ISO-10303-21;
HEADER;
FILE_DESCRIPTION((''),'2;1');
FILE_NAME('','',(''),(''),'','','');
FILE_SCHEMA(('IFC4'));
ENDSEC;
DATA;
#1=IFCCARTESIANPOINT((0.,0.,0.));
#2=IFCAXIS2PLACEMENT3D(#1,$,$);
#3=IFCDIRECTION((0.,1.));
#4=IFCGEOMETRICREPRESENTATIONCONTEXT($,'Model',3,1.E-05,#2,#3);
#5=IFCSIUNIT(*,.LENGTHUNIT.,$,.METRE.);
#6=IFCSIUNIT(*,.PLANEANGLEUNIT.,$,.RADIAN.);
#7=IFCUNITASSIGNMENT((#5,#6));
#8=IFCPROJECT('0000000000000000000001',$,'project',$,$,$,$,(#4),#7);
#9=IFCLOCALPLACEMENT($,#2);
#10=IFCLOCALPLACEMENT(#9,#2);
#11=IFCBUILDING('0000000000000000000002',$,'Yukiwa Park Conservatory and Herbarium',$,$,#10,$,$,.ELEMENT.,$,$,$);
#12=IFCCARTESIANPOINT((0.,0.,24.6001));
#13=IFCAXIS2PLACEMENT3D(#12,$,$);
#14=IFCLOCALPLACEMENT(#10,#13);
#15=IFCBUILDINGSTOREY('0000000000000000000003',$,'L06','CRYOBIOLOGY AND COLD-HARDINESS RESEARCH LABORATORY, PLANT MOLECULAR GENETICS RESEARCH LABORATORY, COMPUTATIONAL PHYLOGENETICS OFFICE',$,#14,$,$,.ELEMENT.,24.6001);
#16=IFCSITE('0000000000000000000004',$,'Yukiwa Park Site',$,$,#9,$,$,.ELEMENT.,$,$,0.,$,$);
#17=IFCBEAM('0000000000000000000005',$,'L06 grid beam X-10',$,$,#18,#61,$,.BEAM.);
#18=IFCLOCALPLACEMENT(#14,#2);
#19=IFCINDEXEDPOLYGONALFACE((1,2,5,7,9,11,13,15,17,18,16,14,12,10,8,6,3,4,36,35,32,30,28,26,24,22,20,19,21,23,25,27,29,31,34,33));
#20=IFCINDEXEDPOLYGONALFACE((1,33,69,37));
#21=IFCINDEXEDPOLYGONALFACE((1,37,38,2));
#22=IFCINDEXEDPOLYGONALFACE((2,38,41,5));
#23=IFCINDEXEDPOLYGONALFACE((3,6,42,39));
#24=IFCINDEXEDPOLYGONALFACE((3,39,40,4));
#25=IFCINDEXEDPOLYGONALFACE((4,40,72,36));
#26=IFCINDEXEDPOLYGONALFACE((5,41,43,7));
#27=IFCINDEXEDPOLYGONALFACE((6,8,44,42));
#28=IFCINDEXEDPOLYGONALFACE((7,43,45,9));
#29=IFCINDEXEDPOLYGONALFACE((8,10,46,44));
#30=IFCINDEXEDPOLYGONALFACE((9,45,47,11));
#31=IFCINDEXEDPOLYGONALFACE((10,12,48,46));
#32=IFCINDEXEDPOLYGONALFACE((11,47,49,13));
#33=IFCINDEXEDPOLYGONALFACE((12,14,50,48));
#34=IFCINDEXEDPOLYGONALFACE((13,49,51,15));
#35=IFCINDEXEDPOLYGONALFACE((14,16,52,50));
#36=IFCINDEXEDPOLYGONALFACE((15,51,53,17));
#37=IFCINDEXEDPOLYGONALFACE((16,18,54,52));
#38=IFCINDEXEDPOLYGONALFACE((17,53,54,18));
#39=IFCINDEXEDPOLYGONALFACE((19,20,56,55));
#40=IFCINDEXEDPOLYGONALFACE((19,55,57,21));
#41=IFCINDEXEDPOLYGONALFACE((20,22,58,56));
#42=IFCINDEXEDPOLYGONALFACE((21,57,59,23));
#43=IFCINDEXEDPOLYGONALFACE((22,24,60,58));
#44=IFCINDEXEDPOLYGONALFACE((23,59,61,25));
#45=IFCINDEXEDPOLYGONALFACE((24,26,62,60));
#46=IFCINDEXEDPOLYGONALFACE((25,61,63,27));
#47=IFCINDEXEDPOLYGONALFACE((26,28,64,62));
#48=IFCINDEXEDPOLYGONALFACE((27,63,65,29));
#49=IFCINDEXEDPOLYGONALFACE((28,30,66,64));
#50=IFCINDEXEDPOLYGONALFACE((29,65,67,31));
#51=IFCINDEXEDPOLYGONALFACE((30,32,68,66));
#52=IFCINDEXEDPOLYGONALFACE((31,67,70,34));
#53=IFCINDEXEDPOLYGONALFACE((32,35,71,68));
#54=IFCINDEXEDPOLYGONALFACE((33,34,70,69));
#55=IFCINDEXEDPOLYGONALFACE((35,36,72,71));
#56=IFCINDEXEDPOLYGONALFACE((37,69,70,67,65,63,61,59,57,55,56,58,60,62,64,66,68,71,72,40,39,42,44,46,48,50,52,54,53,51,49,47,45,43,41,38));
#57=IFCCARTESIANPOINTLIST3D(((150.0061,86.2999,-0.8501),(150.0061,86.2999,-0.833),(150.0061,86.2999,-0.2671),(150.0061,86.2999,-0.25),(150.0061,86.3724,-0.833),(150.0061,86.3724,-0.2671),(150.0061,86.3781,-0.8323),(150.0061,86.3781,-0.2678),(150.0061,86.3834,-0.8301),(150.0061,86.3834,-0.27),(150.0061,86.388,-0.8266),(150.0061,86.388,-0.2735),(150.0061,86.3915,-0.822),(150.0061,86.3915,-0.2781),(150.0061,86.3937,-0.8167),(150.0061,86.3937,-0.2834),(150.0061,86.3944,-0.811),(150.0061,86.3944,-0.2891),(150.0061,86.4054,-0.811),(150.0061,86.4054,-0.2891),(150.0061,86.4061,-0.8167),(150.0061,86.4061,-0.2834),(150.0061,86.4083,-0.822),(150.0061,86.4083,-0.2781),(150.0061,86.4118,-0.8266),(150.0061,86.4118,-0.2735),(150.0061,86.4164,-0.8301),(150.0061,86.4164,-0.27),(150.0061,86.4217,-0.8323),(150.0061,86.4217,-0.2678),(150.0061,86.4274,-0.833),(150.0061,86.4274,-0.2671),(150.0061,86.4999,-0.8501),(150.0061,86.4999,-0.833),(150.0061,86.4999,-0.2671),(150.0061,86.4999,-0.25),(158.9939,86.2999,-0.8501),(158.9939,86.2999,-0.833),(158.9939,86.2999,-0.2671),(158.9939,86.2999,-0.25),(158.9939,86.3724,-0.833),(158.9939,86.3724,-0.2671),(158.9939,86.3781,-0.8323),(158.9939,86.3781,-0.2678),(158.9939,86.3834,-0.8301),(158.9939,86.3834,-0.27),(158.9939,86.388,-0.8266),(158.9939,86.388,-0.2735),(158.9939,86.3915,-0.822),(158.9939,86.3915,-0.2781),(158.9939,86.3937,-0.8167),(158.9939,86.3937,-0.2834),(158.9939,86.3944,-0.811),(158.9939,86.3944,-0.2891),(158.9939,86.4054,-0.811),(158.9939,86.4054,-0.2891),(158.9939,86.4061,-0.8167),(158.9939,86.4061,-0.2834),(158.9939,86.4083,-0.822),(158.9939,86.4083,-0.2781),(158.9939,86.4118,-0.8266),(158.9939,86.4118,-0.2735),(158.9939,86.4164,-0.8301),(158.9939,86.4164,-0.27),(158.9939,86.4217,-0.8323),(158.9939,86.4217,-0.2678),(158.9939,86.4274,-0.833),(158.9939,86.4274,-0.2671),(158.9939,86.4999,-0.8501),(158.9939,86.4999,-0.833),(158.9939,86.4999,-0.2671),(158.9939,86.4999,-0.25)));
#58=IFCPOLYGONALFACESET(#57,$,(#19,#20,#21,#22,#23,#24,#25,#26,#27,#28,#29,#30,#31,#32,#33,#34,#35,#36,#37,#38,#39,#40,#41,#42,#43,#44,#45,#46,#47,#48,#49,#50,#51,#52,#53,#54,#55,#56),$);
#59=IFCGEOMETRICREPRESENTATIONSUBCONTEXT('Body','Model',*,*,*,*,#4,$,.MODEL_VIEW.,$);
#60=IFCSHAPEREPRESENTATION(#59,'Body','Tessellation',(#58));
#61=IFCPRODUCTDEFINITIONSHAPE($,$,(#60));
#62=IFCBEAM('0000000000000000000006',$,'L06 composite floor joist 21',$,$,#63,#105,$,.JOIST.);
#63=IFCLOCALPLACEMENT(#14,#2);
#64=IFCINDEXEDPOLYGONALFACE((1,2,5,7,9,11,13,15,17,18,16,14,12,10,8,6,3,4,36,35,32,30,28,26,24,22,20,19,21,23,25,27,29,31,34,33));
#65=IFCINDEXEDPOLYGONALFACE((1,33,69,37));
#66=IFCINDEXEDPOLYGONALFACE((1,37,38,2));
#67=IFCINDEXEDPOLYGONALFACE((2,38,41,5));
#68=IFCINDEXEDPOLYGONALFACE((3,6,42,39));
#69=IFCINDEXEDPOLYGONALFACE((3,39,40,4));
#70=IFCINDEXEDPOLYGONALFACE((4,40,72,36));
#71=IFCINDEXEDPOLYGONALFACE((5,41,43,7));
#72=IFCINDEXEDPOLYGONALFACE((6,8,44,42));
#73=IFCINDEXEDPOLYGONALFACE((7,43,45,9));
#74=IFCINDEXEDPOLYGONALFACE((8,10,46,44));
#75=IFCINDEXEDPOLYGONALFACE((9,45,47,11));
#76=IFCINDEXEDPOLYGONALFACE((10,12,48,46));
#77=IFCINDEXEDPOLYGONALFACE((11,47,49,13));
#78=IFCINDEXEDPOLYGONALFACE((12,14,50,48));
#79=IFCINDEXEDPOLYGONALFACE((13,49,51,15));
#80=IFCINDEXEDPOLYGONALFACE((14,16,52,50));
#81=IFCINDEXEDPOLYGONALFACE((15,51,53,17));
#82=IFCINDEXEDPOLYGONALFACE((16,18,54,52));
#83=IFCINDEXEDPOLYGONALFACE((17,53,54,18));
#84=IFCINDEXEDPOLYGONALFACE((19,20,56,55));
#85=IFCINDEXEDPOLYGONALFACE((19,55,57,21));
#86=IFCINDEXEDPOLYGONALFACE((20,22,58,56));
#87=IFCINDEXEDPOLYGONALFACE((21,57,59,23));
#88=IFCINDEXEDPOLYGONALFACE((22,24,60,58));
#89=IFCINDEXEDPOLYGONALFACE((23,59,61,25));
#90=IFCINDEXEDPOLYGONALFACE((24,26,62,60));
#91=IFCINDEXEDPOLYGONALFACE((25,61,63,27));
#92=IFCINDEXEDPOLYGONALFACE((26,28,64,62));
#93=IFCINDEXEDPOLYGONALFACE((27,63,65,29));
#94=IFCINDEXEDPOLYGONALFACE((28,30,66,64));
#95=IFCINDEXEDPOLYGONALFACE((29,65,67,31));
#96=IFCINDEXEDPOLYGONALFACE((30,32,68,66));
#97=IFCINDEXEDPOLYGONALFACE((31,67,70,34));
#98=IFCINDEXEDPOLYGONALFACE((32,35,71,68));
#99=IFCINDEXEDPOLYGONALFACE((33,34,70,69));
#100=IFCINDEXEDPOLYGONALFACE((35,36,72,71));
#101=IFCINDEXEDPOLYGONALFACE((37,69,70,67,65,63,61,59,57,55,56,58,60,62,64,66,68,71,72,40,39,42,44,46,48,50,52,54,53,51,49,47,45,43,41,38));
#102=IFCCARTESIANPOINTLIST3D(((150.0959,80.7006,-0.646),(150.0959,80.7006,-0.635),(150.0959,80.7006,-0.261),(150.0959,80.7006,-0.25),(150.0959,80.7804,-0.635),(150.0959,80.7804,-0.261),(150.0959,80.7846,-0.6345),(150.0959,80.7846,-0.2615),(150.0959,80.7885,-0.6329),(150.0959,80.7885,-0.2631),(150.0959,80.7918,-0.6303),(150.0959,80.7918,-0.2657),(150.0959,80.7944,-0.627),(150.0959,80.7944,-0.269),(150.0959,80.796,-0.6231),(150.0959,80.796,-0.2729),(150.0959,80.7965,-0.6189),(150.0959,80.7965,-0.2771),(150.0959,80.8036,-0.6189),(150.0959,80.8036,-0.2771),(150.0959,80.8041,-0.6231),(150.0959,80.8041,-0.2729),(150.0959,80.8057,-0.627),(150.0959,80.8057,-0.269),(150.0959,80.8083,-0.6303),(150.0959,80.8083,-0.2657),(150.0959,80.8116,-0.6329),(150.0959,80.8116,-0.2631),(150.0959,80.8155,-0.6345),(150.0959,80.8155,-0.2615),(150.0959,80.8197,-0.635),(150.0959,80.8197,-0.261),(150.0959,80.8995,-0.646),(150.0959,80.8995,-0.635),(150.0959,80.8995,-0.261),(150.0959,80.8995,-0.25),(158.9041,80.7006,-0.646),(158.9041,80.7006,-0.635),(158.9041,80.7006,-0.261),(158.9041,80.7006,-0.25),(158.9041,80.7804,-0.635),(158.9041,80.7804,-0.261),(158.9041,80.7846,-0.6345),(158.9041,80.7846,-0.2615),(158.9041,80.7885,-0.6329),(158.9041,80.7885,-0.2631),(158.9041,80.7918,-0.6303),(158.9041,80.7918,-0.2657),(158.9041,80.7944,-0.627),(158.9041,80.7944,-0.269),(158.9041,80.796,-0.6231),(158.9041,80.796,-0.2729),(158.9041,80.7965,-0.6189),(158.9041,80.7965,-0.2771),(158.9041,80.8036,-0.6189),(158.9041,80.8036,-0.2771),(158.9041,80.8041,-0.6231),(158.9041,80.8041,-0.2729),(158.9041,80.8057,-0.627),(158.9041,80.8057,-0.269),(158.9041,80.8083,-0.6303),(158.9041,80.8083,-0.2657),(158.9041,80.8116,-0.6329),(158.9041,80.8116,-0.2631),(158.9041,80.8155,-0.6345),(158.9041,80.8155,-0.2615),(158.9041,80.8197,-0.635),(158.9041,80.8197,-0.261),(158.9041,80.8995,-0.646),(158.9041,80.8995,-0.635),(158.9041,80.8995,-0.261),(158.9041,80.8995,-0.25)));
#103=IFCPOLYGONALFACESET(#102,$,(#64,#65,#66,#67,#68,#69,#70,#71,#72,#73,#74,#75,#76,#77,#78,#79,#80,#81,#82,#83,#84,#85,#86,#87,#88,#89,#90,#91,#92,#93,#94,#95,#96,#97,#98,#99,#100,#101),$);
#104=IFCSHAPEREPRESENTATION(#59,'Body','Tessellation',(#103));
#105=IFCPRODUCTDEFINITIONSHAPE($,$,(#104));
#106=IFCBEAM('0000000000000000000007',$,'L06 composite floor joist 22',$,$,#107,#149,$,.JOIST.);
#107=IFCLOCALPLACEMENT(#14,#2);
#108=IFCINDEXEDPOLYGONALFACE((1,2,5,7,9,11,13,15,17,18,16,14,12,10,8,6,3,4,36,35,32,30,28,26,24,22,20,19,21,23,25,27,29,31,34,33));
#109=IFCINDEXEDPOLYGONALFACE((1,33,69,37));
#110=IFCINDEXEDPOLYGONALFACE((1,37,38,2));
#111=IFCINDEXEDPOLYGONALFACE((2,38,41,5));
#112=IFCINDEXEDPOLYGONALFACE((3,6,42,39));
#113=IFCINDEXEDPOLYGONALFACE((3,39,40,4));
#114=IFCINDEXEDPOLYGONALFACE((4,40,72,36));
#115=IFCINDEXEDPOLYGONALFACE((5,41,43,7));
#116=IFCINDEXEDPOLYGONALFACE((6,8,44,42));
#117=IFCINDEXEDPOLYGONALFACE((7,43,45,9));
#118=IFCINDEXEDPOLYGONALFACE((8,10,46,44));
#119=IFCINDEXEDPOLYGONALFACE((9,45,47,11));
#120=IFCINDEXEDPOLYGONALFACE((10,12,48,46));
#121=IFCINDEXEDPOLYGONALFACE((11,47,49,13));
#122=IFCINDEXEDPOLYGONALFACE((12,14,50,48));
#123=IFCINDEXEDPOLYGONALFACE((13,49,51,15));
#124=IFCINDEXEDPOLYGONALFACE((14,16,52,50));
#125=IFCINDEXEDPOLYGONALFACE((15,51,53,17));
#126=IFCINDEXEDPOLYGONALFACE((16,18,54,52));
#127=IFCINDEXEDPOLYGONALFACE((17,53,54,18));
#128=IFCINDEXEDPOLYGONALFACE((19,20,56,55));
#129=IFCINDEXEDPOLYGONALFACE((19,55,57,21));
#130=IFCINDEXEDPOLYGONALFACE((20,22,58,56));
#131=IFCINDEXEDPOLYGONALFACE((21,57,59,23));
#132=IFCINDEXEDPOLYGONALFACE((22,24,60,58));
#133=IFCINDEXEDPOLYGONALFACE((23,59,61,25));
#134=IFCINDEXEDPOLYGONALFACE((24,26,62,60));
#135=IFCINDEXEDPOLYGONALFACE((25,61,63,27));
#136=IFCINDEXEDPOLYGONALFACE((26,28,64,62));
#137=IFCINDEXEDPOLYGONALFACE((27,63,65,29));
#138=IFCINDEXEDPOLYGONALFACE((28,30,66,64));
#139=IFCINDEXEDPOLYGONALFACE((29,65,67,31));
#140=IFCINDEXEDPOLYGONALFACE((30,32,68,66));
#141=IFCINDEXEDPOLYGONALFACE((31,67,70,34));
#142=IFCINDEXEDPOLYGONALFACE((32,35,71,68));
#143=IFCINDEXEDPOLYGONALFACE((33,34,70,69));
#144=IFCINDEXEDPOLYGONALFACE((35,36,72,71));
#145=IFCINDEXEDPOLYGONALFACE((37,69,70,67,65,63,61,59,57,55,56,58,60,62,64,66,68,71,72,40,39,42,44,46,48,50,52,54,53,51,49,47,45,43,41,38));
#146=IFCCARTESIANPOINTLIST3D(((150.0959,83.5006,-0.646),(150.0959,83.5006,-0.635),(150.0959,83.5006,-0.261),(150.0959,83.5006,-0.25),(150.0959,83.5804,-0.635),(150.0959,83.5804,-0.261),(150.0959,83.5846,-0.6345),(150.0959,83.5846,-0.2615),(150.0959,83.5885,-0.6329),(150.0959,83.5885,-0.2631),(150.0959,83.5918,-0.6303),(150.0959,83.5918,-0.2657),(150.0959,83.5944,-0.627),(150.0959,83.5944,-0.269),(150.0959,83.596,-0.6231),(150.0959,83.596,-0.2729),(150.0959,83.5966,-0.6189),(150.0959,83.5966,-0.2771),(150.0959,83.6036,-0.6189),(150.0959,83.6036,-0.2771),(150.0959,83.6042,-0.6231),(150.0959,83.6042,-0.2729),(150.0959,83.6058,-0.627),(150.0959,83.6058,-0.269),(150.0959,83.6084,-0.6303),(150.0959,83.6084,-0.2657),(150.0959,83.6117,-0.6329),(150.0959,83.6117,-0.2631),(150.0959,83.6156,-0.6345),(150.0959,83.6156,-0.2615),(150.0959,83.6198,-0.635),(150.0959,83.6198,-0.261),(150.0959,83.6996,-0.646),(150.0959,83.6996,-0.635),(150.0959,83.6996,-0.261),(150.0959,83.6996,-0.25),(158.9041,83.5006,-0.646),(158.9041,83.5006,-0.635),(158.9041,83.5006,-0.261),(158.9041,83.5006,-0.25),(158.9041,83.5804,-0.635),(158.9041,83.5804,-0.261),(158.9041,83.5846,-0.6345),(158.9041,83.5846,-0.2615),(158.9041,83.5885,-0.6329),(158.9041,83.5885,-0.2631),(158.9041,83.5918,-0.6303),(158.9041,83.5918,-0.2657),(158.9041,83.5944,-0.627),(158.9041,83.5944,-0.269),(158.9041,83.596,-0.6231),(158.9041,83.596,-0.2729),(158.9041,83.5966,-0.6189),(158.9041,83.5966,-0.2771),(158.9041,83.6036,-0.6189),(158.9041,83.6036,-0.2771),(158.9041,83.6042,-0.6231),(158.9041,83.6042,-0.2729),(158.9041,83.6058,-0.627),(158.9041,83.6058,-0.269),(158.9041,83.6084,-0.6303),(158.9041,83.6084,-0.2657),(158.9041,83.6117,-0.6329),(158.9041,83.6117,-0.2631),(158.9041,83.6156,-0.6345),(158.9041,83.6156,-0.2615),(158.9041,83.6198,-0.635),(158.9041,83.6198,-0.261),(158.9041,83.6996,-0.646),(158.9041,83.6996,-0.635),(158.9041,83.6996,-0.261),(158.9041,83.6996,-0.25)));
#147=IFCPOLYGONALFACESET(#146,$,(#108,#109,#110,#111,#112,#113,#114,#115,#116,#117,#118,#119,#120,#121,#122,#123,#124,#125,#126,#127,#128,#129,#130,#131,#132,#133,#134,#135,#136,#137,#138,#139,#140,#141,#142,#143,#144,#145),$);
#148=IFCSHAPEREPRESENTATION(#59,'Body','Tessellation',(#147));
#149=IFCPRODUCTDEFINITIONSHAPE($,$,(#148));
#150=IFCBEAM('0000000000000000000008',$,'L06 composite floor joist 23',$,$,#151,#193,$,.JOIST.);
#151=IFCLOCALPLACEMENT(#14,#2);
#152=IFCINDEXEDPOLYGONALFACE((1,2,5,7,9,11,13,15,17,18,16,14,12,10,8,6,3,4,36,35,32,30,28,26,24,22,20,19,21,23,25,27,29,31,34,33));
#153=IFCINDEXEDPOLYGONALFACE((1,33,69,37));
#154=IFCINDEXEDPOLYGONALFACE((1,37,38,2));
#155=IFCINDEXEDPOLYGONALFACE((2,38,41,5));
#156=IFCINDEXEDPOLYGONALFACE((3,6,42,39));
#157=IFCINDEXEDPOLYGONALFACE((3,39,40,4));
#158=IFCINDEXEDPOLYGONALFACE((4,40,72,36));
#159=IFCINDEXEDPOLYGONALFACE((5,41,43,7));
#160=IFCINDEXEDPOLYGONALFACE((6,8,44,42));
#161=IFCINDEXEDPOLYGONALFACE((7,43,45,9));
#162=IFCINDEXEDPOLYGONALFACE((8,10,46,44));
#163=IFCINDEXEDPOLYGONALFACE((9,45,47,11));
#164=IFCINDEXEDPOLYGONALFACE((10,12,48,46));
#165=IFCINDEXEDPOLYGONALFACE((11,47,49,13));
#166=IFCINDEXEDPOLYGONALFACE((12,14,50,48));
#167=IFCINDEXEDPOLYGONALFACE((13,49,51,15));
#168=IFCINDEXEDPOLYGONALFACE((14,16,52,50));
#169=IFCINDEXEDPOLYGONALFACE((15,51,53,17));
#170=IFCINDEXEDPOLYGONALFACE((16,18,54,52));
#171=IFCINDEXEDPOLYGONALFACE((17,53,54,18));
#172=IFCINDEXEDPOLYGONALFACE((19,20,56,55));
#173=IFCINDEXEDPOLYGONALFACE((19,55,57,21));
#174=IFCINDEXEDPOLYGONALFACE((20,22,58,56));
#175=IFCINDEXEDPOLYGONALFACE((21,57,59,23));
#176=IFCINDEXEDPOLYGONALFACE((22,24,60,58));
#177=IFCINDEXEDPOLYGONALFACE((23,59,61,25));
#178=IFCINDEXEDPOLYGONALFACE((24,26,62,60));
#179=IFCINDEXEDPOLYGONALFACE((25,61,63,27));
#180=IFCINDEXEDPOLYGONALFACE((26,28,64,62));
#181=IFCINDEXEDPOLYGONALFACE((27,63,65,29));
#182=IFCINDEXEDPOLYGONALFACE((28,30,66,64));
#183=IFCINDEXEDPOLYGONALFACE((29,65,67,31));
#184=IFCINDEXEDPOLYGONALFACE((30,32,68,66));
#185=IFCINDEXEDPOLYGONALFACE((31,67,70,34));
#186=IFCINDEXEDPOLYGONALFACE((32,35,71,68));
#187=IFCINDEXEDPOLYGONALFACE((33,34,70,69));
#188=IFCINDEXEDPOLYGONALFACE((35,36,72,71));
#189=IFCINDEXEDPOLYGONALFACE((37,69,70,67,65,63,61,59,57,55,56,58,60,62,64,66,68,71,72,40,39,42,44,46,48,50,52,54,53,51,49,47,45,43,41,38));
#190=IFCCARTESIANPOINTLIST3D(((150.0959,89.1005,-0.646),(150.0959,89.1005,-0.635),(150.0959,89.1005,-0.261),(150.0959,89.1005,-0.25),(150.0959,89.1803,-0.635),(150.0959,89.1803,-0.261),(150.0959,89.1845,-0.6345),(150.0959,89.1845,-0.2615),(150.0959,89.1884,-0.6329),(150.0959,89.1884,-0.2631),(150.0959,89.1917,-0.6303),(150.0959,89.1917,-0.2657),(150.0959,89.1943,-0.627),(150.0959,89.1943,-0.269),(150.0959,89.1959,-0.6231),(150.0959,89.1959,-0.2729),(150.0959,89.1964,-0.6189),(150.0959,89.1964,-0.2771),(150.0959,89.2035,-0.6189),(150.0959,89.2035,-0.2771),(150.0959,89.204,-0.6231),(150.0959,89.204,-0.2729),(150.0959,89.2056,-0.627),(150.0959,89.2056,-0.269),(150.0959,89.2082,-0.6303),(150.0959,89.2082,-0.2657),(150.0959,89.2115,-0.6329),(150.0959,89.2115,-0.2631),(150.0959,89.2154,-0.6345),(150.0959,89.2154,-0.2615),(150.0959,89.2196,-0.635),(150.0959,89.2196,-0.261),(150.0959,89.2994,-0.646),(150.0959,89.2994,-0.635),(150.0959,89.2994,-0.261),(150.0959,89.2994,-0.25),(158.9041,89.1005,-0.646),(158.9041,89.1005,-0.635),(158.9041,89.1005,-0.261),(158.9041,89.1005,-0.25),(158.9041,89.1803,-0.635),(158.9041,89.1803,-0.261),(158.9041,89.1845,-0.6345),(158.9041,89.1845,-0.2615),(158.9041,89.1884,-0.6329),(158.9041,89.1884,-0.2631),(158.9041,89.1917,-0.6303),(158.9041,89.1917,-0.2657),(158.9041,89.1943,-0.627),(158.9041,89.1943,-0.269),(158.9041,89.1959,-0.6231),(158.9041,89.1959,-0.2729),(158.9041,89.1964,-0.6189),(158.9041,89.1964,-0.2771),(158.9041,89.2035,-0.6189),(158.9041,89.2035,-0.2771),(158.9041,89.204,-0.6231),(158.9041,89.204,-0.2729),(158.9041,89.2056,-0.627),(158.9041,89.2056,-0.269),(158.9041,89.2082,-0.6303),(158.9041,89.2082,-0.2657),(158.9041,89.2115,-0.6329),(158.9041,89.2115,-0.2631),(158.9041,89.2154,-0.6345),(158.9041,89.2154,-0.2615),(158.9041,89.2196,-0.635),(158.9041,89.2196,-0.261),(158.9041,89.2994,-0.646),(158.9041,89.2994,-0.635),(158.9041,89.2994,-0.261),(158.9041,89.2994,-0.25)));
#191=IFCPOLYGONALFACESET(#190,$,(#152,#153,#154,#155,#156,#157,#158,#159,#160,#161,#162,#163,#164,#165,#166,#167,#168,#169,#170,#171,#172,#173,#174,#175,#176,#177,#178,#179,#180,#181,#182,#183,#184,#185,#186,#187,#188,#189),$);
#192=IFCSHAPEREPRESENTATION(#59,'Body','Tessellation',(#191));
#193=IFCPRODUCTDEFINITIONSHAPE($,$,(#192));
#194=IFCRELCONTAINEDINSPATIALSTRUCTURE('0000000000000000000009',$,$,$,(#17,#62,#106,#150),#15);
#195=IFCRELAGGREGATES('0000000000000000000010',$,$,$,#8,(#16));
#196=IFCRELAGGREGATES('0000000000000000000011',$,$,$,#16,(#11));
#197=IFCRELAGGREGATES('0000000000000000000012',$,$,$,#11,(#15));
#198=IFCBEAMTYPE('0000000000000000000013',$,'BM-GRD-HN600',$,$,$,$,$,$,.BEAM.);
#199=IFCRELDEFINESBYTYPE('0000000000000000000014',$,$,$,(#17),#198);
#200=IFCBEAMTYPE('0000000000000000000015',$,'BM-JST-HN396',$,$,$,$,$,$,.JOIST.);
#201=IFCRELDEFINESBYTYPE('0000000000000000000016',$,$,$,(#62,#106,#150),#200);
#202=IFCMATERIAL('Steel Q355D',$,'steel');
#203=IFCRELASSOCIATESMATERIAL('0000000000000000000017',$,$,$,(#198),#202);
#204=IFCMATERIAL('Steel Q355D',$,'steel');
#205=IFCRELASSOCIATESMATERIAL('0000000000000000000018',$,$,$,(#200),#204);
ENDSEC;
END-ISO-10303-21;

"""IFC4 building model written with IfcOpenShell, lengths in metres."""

from ifc_helpers import new_model, si_unit, direction, frame, origin, origin_2d, place, context, subcontext, project, spatial, i_section, extrude, material, material_profile, profile_set, type_object, element, save


model = new_model("IFC4")

# Units and contexts
model_context = context("Model", 3, precision=1e-05, world=origin(), true_north=direction((0.0, 1.0)))
body_context = subcontext(model_context, "Body", "Model", "MODEL_VIEW")
ifc_project = project(units=[si_unit("LENGTHUNIT", "METRE"), si_unit("PLANEANGLEUNIT", "RADIAN")], contexts=[model_context])

# Site, building, storey
site_placement = place(None, origin())
site = spatial("IfcSite", under=ifc_project, at=site_placement, Name="Yukiwa Park Site", CompositionType="ELEMENT", RefElevation=0.0)
building_placement = place(site_placement, origin())
building = spatial("IfcBuilding", under=site, at=building_placement, Name="Yukiwa Park Conservatory and Herbarium", CompositionType="ELEMENT")
storey_placement = place(building_placement, frame((0.0, 0.0, 24.6001)))
storey = spatial("IfcBuildingStorey", under=building, at=storey_placement, Name="L06", Description="CRYOBIOLOGY AND COLD-HARDINESS RESEARCH LABORATORY, PLANT MOLECULAR GENETICS RESEARCH LABORATORY, COMPUTATIONAL PHYLOGENETICS OFFICE", CompositionType="ELEMENT", Elevation=24.6001)

# Beams
ifc_material_1 = material(Name="Steel Q355D", Category="steel")
ifc_material_profile_1 = material_profile(ifc_material_1, i_section(OverallWidth=0.2, OverallDepth=0.6001, WebThickness=0.011, FlangeThickness=0.0171, FilletRadius=0.022, at=origin_2d()), Name="HN 600x200x11x17")
ifc_profile_set_1 = profile_set([ifc_material_profile_1], Name="Steel Q355D")
beam_type_1 = type_object("IfcBeamType", Name="BM-GRD-HN600", PredefinedType="BEAM", material=ifc_profile_set_1)
beam_1_placement = place(storey_placement, frame((150.0061, 86.3999, -0.55), z_axis=(1.0, 0.0, 0.0), x_axis=(0.0, 1.0, 0.0)))
element("IfcBeam", 1, at=beam_1_placement, inside=storey, type_object=beam_type_1, Name="L06 grid beam X-10", PredefinedType="BEAM", context=body_context, shape_type="SweptSolid", body=[
    extrude(i_section(OverallWidth=0.2, OverallDepth=0.6001, WebThickness=0.011, FlangeThickness=0.0171, FilletRadius=0.022, at=origin_2d()), origin(), (0.0, 0.0, 1.0), 8.9878),
])
ifc_material_2 = material(Name="Steel Q355D", Category="steel")
ifc_material_profile_2 = material_profile(ifc_material_2, i_section(OverallWidth=0.199, OverallDepth=0.396, WebThickness=0.0071, FlangeThickness=0.011, FilletRadius=0.0161, at=origin_2d()), Name="HN 396x199x7x11")
ifc_profile_set_2 = profile_set([ifc_material_profile_2], Name="Steel Q355D")
beam_type_2 = type_object("IfcBeamType", Name="BM-JST-HN396", PredefinedType="JOIST", material=ifc_profile_set_2)
for number, where, z_axis, x_axis, name in (
    (2, (150.0959, 80.8, -0.448), (1.0, 0.0, 0.0), (0.0, 1.0, 0.0), "L06 composite floor joist 21"),
    (3, (150.0959, 83.6001, -0.448), (1.0, 0.0, 0.0), (0.0, 1.0, 0.0), "L06 composite floor joist 22"),
    (4, (150.0959, 89.2, -0.448), (1.0, 0.0, 0.0), (0.0, 1.0, 0.0), "L06 composite floor joist 23"),
):
    element("IfcBeam", number, at=place(storey_placement, frame(where, z_axis=z_axis, x_axis=x_axis)), inside=storey, type_object=beam_type_2, Name=name, PredefinedType="JOIST", context=body_context, shape_type="SweptSolid", body=[
        extrude(i_section(OverallWidth=0.199, OverallDepth=0.396, WebThickness=0.0071, FlangeThickness=0.011, FilletRadius=0.0161, at=origin_2d()), origin(), (0.0, 0.0, 1.0), 8.8081),
    ])

save(model, "model.ifc")
